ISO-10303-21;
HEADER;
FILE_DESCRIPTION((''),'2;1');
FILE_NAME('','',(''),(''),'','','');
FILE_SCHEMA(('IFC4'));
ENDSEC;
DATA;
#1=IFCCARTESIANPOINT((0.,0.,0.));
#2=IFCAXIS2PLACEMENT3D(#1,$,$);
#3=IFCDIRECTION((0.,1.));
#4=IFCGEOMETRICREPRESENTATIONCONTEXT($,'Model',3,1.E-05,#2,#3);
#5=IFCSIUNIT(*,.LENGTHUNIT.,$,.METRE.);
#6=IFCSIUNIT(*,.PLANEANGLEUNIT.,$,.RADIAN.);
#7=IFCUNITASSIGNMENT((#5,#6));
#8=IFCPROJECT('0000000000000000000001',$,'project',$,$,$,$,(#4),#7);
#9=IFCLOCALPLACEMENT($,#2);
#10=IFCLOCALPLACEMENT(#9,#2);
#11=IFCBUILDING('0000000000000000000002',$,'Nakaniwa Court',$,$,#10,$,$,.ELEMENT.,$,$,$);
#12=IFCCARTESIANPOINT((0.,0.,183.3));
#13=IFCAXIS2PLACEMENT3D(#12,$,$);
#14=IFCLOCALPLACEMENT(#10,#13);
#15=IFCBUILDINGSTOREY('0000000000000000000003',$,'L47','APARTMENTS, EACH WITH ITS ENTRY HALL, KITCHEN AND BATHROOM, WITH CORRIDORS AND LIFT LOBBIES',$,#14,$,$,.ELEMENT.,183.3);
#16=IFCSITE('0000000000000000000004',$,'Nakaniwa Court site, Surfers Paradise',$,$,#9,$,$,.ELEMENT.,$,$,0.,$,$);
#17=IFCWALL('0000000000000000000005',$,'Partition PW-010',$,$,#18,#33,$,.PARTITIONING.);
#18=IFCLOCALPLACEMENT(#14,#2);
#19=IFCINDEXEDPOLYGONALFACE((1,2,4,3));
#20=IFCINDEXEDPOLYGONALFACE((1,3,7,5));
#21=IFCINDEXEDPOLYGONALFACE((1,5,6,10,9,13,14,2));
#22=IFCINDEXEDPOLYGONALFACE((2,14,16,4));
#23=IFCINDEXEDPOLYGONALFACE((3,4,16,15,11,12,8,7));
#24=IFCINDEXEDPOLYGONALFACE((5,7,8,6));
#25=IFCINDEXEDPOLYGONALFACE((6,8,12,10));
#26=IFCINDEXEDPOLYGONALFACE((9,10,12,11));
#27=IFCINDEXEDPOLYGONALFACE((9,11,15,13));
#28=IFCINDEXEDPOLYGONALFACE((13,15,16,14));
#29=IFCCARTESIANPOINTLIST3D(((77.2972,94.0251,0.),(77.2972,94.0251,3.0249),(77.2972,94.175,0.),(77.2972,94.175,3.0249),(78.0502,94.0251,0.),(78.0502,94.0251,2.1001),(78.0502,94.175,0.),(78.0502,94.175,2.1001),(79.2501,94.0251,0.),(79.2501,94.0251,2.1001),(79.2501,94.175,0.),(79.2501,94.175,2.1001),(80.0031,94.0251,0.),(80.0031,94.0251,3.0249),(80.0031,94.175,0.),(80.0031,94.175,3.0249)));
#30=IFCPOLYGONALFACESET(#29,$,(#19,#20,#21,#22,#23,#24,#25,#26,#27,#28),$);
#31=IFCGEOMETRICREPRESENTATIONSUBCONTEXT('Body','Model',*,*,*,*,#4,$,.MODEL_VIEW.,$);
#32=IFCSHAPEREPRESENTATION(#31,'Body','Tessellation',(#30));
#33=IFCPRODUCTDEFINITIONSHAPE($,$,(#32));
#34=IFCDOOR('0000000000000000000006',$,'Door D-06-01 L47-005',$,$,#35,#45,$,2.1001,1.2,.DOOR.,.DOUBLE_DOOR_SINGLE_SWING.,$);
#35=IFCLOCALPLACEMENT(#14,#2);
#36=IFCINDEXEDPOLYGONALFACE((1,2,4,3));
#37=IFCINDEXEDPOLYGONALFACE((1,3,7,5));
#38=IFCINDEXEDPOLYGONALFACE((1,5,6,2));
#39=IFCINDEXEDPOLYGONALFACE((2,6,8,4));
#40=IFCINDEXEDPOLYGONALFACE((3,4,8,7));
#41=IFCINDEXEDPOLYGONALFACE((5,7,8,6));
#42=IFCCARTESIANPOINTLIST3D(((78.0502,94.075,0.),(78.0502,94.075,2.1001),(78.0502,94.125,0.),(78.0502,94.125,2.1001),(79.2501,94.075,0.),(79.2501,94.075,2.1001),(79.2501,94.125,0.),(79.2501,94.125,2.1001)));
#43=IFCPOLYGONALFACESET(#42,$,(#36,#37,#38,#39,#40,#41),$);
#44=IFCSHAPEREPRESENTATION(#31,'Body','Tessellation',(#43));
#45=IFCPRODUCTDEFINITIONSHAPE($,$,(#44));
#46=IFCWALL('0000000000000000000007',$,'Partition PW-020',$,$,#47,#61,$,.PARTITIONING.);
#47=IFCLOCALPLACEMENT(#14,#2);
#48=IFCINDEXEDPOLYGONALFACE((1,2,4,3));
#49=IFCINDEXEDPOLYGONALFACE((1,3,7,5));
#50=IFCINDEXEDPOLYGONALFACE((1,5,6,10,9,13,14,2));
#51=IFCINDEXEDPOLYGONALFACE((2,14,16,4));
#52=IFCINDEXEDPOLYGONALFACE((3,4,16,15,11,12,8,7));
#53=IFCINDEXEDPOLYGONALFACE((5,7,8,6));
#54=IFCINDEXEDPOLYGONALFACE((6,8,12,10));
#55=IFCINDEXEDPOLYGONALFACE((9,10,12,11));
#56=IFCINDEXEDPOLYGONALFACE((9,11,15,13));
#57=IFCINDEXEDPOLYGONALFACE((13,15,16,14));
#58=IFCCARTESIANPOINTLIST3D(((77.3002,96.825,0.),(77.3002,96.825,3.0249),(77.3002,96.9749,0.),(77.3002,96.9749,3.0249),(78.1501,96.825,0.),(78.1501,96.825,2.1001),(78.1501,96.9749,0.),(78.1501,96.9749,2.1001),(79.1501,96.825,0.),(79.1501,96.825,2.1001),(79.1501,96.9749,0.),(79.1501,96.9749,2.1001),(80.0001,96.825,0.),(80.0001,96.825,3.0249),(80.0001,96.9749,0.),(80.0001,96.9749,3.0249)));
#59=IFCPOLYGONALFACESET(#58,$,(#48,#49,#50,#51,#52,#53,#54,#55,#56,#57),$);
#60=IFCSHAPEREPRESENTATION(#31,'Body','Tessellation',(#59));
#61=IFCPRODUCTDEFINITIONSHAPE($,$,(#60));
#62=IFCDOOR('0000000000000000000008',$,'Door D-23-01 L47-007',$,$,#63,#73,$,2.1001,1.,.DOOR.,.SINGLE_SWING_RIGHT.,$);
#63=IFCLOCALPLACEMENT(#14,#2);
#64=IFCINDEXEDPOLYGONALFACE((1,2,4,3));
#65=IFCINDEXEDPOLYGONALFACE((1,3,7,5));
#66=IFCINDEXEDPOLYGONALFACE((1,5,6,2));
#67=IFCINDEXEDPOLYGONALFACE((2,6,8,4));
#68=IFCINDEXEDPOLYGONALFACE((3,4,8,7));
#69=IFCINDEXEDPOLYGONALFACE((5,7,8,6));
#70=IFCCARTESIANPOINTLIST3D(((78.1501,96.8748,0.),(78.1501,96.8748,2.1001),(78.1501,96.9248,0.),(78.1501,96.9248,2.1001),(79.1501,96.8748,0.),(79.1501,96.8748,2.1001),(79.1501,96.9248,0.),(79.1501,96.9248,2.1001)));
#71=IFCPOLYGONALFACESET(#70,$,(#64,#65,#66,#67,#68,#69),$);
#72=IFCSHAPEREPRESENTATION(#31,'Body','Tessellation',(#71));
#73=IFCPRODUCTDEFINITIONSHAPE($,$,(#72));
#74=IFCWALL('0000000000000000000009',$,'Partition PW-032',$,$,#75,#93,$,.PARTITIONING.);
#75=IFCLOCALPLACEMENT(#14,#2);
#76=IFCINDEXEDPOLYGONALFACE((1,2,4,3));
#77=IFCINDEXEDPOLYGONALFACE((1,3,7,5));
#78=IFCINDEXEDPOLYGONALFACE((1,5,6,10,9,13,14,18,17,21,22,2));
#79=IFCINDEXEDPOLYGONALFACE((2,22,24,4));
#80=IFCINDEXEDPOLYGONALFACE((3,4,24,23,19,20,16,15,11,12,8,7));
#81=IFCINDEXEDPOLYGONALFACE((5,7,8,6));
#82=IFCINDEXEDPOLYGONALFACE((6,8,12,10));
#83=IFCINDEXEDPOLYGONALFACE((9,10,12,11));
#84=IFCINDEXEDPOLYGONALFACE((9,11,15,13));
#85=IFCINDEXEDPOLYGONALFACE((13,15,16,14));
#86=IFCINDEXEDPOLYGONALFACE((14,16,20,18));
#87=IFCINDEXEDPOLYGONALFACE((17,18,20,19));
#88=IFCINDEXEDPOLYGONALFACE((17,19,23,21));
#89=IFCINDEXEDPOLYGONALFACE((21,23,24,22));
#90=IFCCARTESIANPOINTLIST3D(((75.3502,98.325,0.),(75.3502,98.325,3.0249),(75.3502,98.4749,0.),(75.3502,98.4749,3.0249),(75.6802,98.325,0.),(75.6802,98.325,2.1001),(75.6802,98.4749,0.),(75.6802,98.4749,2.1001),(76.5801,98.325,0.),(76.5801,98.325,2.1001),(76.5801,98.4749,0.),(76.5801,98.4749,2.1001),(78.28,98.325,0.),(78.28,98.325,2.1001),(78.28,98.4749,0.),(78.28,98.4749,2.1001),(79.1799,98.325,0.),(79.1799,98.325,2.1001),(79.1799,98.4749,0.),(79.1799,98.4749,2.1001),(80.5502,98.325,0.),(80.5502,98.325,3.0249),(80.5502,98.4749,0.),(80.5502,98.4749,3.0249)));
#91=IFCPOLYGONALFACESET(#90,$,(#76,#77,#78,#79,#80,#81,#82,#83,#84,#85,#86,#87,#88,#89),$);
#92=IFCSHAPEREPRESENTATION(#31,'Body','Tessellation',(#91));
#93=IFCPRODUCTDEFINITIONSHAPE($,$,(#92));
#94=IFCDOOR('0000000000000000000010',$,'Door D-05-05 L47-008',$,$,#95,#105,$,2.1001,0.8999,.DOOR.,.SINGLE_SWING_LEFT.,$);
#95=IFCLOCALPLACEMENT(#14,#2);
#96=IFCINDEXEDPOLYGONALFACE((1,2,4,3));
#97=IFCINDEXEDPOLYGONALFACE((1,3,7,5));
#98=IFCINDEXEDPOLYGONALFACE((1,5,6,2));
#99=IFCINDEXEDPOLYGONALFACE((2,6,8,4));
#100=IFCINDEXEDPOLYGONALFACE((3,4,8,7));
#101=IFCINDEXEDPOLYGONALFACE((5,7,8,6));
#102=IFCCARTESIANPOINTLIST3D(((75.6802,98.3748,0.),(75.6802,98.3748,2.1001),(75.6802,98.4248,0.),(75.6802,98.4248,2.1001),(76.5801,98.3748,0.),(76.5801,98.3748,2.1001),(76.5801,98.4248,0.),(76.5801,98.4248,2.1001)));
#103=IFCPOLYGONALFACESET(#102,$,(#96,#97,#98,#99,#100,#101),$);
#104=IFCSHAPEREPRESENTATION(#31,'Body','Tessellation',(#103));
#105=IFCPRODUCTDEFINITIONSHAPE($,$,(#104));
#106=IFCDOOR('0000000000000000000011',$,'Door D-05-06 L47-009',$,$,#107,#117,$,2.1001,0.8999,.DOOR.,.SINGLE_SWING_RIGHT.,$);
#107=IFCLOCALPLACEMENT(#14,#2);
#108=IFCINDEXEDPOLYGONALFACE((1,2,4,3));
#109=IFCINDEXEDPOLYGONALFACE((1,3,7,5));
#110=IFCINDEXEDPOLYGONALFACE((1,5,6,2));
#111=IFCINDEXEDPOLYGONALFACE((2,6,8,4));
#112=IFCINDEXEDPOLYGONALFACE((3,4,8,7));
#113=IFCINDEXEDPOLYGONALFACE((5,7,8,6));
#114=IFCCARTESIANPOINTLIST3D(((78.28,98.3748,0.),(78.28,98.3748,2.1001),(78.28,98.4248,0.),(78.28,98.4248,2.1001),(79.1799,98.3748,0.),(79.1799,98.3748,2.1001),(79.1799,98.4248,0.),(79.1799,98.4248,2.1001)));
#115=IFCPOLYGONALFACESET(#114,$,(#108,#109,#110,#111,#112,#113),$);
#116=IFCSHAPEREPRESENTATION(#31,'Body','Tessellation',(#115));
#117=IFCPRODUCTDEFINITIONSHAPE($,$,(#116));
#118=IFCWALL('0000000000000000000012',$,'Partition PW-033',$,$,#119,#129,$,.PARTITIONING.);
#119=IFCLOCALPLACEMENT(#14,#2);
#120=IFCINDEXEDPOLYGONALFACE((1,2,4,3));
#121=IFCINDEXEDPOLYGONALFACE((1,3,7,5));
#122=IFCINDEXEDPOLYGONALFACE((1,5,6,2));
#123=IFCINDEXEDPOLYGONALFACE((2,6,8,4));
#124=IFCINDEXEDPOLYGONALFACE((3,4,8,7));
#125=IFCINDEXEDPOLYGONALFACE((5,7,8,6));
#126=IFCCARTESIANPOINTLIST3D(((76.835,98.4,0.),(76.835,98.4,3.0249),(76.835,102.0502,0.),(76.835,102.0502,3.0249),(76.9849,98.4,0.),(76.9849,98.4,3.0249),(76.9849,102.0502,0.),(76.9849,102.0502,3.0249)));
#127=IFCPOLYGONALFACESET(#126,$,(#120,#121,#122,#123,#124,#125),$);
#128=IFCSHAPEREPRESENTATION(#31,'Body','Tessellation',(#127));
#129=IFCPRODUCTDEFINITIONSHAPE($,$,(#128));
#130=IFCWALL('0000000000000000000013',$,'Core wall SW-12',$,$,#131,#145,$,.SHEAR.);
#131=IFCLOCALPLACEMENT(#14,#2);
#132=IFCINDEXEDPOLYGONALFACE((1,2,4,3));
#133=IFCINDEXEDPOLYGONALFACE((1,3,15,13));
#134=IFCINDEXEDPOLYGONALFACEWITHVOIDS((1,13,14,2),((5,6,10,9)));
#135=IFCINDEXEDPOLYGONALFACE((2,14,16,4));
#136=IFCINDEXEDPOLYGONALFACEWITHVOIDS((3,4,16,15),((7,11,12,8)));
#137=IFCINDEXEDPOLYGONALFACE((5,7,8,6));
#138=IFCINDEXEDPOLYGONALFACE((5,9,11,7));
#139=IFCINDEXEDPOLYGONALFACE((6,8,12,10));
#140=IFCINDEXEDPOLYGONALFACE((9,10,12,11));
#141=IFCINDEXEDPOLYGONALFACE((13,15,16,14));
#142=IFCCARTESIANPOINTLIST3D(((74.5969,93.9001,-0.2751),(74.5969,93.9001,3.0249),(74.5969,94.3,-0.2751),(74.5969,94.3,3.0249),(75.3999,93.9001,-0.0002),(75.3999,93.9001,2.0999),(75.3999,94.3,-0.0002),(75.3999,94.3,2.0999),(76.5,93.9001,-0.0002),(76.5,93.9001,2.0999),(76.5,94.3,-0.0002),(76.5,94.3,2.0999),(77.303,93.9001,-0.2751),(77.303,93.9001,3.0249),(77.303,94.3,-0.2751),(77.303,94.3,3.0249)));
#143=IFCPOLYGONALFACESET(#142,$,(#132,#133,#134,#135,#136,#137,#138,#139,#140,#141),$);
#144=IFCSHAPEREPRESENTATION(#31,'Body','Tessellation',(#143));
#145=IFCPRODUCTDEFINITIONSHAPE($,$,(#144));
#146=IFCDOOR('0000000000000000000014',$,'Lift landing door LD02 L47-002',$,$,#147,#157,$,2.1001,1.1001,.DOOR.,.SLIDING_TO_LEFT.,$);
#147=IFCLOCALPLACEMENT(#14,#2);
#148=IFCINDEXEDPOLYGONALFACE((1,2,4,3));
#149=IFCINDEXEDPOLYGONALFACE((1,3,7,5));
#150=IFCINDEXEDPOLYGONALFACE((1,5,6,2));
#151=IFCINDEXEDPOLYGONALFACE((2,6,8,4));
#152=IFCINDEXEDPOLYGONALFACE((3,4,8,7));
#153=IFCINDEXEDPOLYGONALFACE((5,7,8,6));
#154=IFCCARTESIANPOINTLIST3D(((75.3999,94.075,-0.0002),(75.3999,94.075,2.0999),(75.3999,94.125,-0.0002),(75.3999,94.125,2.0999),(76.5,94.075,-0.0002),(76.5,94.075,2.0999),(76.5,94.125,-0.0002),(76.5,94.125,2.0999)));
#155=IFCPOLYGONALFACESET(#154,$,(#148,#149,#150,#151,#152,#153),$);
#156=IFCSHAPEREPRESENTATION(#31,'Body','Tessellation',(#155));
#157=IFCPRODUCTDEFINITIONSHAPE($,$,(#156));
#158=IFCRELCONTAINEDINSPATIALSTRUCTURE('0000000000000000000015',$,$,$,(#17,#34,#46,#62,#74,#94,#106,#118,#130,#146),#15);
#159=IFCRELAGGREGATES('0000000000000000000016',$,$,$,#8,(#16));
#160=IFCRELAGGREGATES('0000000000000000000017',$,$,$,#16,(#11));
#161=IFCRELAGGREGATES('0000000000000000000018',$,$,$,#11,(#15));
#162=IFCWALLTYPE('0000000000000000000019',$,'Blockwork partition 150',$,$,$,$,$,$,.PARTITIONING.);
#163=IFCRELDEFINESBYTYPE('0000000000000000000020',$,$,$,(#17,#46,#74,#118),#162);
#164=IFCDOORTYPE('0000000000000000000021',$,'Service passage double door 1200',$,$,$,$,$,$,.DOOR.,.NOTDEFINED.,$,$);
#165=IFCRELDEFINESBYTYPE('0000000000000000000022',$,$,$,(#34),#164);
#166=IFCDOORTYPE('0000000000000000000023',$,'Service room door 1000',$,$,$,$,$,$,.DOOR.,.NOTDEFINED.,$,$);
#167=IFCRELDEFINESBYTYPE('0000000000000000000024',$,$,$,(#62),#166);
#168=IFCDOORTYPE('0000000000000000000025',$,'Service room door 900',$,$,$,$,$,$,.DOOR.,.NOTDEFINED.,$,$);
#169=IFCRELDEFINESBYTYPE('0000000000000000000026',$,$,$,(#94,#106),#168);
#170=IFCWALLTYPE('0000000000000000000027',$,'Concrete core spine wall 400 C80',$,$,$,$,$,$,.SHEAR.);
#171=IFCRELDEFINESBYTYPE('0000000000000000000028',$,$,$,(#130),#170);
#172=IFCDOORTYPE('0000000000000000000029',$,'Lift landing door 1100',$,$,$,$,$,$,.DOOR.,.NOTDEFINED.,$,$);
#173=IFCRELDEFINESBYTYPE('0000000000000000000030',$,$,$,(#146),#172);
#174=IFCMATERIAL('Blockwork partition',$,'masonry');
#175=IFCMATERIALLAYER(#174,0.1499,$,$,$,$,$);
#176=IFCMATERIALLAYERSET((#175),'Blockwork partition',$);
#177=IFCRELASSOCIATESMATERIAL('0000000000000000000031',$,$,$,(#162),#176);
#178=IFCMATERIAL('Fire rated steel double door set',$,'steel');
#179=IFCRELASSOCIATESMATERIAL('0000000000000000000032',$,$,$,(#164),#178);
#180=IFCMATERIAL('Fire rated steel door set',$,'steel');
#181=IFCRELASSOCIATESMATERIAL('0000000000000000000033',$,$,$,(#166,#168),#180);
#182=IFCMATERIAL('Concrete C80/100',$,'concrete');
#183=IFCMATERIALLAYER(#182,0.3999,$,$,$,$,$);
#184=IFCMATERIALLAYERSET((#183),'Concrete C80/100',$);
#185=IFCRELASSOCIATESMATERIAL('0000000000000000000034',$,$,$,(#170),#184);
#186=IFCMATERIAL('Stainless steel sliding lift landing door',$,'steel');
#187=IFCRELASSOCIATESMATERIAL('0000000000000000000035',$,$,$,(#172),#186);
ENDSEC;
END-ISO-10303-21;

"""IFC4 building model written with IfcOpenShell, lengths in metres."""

from ifc_helpers import new_model, si_unit, direction, frame, frame_2d, origin, place, context, subcontext, project, spatial, rectangle, extrude, material, layer, layer_set, type_object, element, fill, save


model = new_model("IFC4")

# Units and contexts
model_context = context("Model", 3, precision=1e-05, world=origin(), true_north=direction((0.0, 1.0)))
body_context = subcontext(model_context, "Body", "Model", "MODEL_VIEW")
ifc_project = project(units=[si_unit("LENGTHUNIT", "METRE"), si_unit("PLANEANGLEUNIT", "RADIAN")], contexts=[model_context])

# Site, building, storey
site_placement = place(None, origin())
site = spatial("IfcSite", under=ifc_project, at=site_placement, Name="Nakaniwa Court site, Surfers Paradise", CompositionType="ELEMENT", RefElevation=0.0)
building_placement = place(site_placement, origin())
building = spatial("IfcBuilding", under=site, at=building_placement, Name="Nakaniwa Court", CompositionType="ELEMENT")
storey_placement = place(building_placement, frame((0.0, 0.0, 183.3)))
storey = spatial("IfcBuildingStorey", under=building, at=storey_placement, Name="L47", Description="APARTMENTS, EACH WITH ITS ENTRY HALL, KITCHEN AND BATHROOM, WITH CORRIDORS AND LIFT LOBBIES", CompositionType="ELEMENT", Elevation=183.3)

# Walls, openings, doors
ifc_material_1 = material(Name="Blockwork partition", Category="masonry")
ifc_layer_1 = layer(ifc_material_1, 0.1499)
ifc_layer_set_1 = layer_set([ifc_layer_1], Name="Blockwork partition")
wall_type_1 = type_object("IfcWallType", Name="Blockwork partition 150", PredefinedType="PARTITIONING", material=ifc_layer_set_1)
wall_1_placement = place(storey_placement, frame((77.2971, 94.1001, 0.0), z_axis=(0.0, 0.0, 1.0), x_axis=(1.0, 0.0, 0.0)))
wall_1 = element("IfcWall", 1, at=wall_1_placement, inside=storey, type_object=wall_type_1, Name="Partition PW-010", PredefinedType="PARTITIONING", context=body_context, shape_type="SweptSolid", body=[
    extrude(rectangle(XDim=2.7058, YDim=0.1499, at=frame_2d((1.353, 0.0))), origin(), (0.0, 0.0, 1.0), 3.0249),
])
opening_1_placement = place(wall_1_placement, frame((0.7529, 0.0, 0.0)))
opening_1 = element("IfcOpeningElement", 2, at=opening_1_placement, cuts=wall_1, PredefinedType="OPENING", context=body_context, shape_type="SweptSolid", body=[
    extrude(rectangle(XDim=1.2, YDim=2.1001, at=frame_2d((0.6001, 1.05))), frame((0.0, 0.085, 0.0), z_axis=(0.0, -1.0, 0.0), x_axis=(1.0, 0.0, 0.0)), (0.0, 0.0, 1.0), 0.1699),
])
ifc_material_2 = material(Name="Fire rated steel double door set", Category="steel")
door_type_1 = type_object("IfcDoorType", Name="Service passage double door 1200", OperationType="NOTDEFINED", PredefinedType="DOOR", material=ifc_material_2)
door_1_placement = place(opening_1_placement, origin())
door_1 = element("IfcDoor", 3, at=door_1_placement, inside=storey, type_object=door_type_1, Name="Door D-06-01 L47-005", OperationType="DOUBLE_DOOR_SINGLE_SWING", OverallHeight=2.1001, OverallWidth=1.2, PredefinedType="DOOR", context=body_context, shape_type="SweptSolid", body=[
    extrude(rectangle(XDim=1.2, YDim=2.1001, at=frame_2d((0.6001, 1.05))), frame((0.0, 0.0249, 0.0), z_axis=(0.0, -1.0, 0.0), x_axis=(1.0, 0.0, 0.0)), (0.0, 0.0, 1.0), 0.05),
])
fill(opening_1, door_1)
wall_2_placement = place(storey_placement, frame((77.3, 96.8999, 0.0), z_axis=(0.0, 0.0, 1.0), x_axis=(1.0, 0.0, 0.0)))
wall_2 = element("IfcWall", 4, at=wall_2_placement, inside=storey, type_object=wall_type_1, Name="Partition PW-020", PredefinedType="PARTITIONING", context=body_context, shape_type="SweptSolid", body=[
    extrude(rectangle(XDim=2.7, YDim=0.1499, at=frame_2d((1.3501, 0.0))), origin(), (0.0, 0.0, 1.0), 3.0249),
])
opening_2_placement = place(wall_2_placement, frame((0.8501, 0.0, 0.0)))
opening_2 = element("IfcOpeningElement", 5, at=opening_2_placement, cuts=wall_2, PredefinedType="OPENING", context=body_context, shape_type="SweptSolid", body=[
    extrude(rectangle(XDim=1.0, YDim=2.1001, at=frame_2d((0.5, 1.05))), frame((0.0, 0.085, 0.0), z_axis=(0.0, -1.0, 0.0), x_axis=(1.0, 0.0, 0.0)), (0.0, 0.0, 1.0), 0.1699),
])
ifc_material_3 = material(Name="Fire rated steel door set", Category="steel")
door_type_2 = type_object("IfcDoorType", Name="Service room door 1000", OperationType="NOTDEFINED", PredefinedType="DOOR", material=ifc_material_3)
door_2_placement = place(opening_2_placement, origin())
door_2 = element("IfcDoor", 6, at=door_2_placement, inside=storey, type_object=door_type_2, Name="Door D-23-01 L47-007", OperationType="SINGLE_SWING_RIGHT", OverallHeight=2.1001, OverallWidth=1.0, PredefinedType="DOOR", context=body_context, shape_type="SweptSolid", body=[
    extrude(rectangle(XDim=1.0, YDim=2.1001, at=frame_2d((0.5, 1.05))), frame((0.0, 0.0249, 0.0), z_axis=(0.0, -1.0, 0.0), x_axis=(1.0, 0.0, 0.0)), (0.0, 0.0, 1.0), 0.05),
])
fill(opening_2, door_2)

# Wall, openings, doors
wall_3_placement = place(storey_placement, frame((75.3501, 98.3999, 0.0), z_axis=(0.0, 0.0, 1.0), x_axis=(1.0, 0.0, 0.0)))
wall_3 = element("IfcWall", 7, at=wall_3_placement, inside=storey, type_object=wall_type_1, Name="Partition PW-032", PredefinedType="PARTITIONING", context=body_context, shape_type="SweptSolid", body=[
    extrude(rectangle(XDim=5.2, YDim=0.1499, at=frame_2d((2.6001, 0.0))), origin(), (0.0, 0.0, 1.0), 3.0249),
])
opening_3_placement = place(wall_3_placement, frame((0.3301, 0.0, 0.0)))
opening_3 = element("IfcOpeningElement", 8, at=opening_3_placement, cuts=wall_3, PredefinedType="OPENING", context=body_context, shape_type="SweptSolid", body=[
    extrude(rectangle(XDim=0.8999, YDim=2.1001, at=frame_2d((0.45, 1.05))), frame((0.0, 0.085, 0.0), z_axis=(0.0, -1.0, 0.0), x_axis=(1.0, 0.0, 0.0)), (0.0, 0.0, 1.0), 0.1699),
])
opening_4_placement = place(wall_3_placement, frame((2.9299, 0.0, 0.0)))
opening_4 = element("IfcOpeningElement", 9, at=opening_4_placement, cuts=wall_3, PredefinedType="OPENING", context=body_context, shape_type="SweptSolid", body=[
    extrude(rectangle(XDim=0.8999, YDim=2.1001, at=frame_2d((0.45, 1.05))), frame((0.0, 0.085, 0.0), z_axis=(0.0, -1.0, 0.0), x_axis=(1.0, 0.0, 0.0)), (0.0, 0.0, 1.0), 0.1699),
])
door_type_3 = type_object("IfcDoorType", Name="Service room door 900", OperationType="NOTDEFINED", PredefinedType="DOOR", material=ifc_material_3)
door_3_placement = place(opening_3_placement, origin())
door_3 = element("IfcDoor", 10, at=door_3_placement, inside=storey, type_object=door_type_3, Name="Door D-05-05 L47-008", OperationType="SINGLE_SWING_LEFT", OverallHeight=2.1001, OverallWidth=0.8999, PredefinedType="DOOR", context=body_context, shape_type="SweptSolid", body=[
    extrude(rectangle(XDim=0.8999, YDim=2.1001, at=frame_2d((0.45, 1.05))), frame((0.0, 0.0249, 0.0), z_axis=(0.0, -1.0, 0.0), x_axis=(1.0, 0.0, 0.0)), (0.0, 0.0, 1.0), 0.05),
])
fill(opening_3, door_3)
door_4_placement = place(opening_4_placement, origin())
door_4 = element("IfcDoor", 11, at=door_4_placement, inside=storey, type_object=door_type_3, Name="Door D-05-06 L47-009", OperationType="SINGLE_SWING_RIGHT", OverallHeight=2.1001, OverallWidth=0.8999, PredefinedType="DOOR", context=body_context, shape_type="SweptSolid", body=[
    extrude(rectangle(XDim=0.8999, YDim=2.1001, at=frame_2d((0.45, 1.05))), frame((0.0, 0.0249, 0.0), z_axis=(0.0, -1.0, 0.0), x_axis=(1.0, 0.0, 0.0)), (0.0, 0.0, 1.0), 0.05),
])
fill(opening_4, door_4)

# Wall
wall_4_placement = place(storey_placement, frame((76.9099, 98.3999, 0.0), z_axis=(0.0, 0.0, 1.0), x_axis=(0.0, 1.0, 0.0)))
element("IfcWall", 12, at=wall_4_placement, inside=storey, type_object=wall_type_1, Name="Partition PW-033", PredefinedType="PARTITIONING", context=body_context, shape_type="SweptSolid", body=[
    extrude(rectangle(XDim=3.6501, YDim=0.1499, at=frame_2d((1.8252, 0.0))), origin(), (0.0, 0.0, 1.0), 3.0249),
])

# Wall, opening, door
ifc_material_4 = material(Name="Concrete C80/100", Category="concrete")
ifc_layer_2 = layer(ifc_material_4, 0.3999)
ifc_layer_set_2 = layer_set([ifc_layer_2], Name="Concrete C80/100")
wall_type_2 = type_object("IfcWallType", Name="Concrete core spine wall 400 C80", PredefinedType="SHEAR", material=ifc_layer_set_2)
wall_5_placement = place(storey_placement, frame((74.5969, 94.1001, -0.2751), z_axis=(0.0, 0.0, 1.0), x_axis=(1.0, 0.0, 0.0)))
wall_5 = element("IfcWall", 13, at=wall_5_placement, inside=storey, type_object=wall_type_2, Name="Core wall SW-12", PredefinedType="SHEAR", context=body_context, shape_type="SweptSolid", body=[
    extrude(rectangle(XDim=2.7061, YDim=0.3999, at=frame_2d((1.353, 0.0))), origin(), (0.0, 0.0, 1.0), 3.3),
])
opening_5_placement = place(wall_5_placement, frame((0.803, 0.0, 0.2749)))
opening_5 = element("IfcOpeningElement", 14, at=opening_5_placement, cuts=wall_5, PredefinedType="OPENING", context=body_context, shape_type="SweptSolid", body=[
    extrude(rectangle(XDim=1.1001, YDim=2.1001, at=frame_2d((0.55, 1.05))), frame((0.0, 0.21, 0.0), z_axis=(0.0, -1.0, 0.0), x_axis=(1.0, 0.0, 0.0)), (0.0, 0.0, 1.0), 0.4199),
])
ifc_material_5 = material(Name="Stainless steel sliding lift landing door", Category="steel")
door_type_4 = type_object("IfcDoorType", Name="Lift landing door 1100", OperationType="NOTDEFINED", PredefinedType="DOOR", material=ifc_material_5)
door_5_placement = place(opening_5_placement, origin())
door_5 = element("IfcDoor", 15, at=door_5_placement, inside=storey, type_object=door_type_4, Name="Lift landing door LD02 L47-002", OperationType="SLIDING_TO_LEFT", OverallHeight=2.1001, OverallWidth=1.1001, PredefinedType="DOOR", context=body_context, shape_type="SweptSolid", body=[
    extrude(rectangle(XDim=1.1001, YDim=2.1001, at=frame_2d((0.55, 1.05))), frame((0.0, 0.0249, 0.0), z_axis=(0.0, -1.0, 0.0), x_axis=(1.0, 0.0, 0.0)), (0.0, 0.0, 1.0), 0.05),
])
fill(opening_5, door_5)

save(model, "model.ifc")
